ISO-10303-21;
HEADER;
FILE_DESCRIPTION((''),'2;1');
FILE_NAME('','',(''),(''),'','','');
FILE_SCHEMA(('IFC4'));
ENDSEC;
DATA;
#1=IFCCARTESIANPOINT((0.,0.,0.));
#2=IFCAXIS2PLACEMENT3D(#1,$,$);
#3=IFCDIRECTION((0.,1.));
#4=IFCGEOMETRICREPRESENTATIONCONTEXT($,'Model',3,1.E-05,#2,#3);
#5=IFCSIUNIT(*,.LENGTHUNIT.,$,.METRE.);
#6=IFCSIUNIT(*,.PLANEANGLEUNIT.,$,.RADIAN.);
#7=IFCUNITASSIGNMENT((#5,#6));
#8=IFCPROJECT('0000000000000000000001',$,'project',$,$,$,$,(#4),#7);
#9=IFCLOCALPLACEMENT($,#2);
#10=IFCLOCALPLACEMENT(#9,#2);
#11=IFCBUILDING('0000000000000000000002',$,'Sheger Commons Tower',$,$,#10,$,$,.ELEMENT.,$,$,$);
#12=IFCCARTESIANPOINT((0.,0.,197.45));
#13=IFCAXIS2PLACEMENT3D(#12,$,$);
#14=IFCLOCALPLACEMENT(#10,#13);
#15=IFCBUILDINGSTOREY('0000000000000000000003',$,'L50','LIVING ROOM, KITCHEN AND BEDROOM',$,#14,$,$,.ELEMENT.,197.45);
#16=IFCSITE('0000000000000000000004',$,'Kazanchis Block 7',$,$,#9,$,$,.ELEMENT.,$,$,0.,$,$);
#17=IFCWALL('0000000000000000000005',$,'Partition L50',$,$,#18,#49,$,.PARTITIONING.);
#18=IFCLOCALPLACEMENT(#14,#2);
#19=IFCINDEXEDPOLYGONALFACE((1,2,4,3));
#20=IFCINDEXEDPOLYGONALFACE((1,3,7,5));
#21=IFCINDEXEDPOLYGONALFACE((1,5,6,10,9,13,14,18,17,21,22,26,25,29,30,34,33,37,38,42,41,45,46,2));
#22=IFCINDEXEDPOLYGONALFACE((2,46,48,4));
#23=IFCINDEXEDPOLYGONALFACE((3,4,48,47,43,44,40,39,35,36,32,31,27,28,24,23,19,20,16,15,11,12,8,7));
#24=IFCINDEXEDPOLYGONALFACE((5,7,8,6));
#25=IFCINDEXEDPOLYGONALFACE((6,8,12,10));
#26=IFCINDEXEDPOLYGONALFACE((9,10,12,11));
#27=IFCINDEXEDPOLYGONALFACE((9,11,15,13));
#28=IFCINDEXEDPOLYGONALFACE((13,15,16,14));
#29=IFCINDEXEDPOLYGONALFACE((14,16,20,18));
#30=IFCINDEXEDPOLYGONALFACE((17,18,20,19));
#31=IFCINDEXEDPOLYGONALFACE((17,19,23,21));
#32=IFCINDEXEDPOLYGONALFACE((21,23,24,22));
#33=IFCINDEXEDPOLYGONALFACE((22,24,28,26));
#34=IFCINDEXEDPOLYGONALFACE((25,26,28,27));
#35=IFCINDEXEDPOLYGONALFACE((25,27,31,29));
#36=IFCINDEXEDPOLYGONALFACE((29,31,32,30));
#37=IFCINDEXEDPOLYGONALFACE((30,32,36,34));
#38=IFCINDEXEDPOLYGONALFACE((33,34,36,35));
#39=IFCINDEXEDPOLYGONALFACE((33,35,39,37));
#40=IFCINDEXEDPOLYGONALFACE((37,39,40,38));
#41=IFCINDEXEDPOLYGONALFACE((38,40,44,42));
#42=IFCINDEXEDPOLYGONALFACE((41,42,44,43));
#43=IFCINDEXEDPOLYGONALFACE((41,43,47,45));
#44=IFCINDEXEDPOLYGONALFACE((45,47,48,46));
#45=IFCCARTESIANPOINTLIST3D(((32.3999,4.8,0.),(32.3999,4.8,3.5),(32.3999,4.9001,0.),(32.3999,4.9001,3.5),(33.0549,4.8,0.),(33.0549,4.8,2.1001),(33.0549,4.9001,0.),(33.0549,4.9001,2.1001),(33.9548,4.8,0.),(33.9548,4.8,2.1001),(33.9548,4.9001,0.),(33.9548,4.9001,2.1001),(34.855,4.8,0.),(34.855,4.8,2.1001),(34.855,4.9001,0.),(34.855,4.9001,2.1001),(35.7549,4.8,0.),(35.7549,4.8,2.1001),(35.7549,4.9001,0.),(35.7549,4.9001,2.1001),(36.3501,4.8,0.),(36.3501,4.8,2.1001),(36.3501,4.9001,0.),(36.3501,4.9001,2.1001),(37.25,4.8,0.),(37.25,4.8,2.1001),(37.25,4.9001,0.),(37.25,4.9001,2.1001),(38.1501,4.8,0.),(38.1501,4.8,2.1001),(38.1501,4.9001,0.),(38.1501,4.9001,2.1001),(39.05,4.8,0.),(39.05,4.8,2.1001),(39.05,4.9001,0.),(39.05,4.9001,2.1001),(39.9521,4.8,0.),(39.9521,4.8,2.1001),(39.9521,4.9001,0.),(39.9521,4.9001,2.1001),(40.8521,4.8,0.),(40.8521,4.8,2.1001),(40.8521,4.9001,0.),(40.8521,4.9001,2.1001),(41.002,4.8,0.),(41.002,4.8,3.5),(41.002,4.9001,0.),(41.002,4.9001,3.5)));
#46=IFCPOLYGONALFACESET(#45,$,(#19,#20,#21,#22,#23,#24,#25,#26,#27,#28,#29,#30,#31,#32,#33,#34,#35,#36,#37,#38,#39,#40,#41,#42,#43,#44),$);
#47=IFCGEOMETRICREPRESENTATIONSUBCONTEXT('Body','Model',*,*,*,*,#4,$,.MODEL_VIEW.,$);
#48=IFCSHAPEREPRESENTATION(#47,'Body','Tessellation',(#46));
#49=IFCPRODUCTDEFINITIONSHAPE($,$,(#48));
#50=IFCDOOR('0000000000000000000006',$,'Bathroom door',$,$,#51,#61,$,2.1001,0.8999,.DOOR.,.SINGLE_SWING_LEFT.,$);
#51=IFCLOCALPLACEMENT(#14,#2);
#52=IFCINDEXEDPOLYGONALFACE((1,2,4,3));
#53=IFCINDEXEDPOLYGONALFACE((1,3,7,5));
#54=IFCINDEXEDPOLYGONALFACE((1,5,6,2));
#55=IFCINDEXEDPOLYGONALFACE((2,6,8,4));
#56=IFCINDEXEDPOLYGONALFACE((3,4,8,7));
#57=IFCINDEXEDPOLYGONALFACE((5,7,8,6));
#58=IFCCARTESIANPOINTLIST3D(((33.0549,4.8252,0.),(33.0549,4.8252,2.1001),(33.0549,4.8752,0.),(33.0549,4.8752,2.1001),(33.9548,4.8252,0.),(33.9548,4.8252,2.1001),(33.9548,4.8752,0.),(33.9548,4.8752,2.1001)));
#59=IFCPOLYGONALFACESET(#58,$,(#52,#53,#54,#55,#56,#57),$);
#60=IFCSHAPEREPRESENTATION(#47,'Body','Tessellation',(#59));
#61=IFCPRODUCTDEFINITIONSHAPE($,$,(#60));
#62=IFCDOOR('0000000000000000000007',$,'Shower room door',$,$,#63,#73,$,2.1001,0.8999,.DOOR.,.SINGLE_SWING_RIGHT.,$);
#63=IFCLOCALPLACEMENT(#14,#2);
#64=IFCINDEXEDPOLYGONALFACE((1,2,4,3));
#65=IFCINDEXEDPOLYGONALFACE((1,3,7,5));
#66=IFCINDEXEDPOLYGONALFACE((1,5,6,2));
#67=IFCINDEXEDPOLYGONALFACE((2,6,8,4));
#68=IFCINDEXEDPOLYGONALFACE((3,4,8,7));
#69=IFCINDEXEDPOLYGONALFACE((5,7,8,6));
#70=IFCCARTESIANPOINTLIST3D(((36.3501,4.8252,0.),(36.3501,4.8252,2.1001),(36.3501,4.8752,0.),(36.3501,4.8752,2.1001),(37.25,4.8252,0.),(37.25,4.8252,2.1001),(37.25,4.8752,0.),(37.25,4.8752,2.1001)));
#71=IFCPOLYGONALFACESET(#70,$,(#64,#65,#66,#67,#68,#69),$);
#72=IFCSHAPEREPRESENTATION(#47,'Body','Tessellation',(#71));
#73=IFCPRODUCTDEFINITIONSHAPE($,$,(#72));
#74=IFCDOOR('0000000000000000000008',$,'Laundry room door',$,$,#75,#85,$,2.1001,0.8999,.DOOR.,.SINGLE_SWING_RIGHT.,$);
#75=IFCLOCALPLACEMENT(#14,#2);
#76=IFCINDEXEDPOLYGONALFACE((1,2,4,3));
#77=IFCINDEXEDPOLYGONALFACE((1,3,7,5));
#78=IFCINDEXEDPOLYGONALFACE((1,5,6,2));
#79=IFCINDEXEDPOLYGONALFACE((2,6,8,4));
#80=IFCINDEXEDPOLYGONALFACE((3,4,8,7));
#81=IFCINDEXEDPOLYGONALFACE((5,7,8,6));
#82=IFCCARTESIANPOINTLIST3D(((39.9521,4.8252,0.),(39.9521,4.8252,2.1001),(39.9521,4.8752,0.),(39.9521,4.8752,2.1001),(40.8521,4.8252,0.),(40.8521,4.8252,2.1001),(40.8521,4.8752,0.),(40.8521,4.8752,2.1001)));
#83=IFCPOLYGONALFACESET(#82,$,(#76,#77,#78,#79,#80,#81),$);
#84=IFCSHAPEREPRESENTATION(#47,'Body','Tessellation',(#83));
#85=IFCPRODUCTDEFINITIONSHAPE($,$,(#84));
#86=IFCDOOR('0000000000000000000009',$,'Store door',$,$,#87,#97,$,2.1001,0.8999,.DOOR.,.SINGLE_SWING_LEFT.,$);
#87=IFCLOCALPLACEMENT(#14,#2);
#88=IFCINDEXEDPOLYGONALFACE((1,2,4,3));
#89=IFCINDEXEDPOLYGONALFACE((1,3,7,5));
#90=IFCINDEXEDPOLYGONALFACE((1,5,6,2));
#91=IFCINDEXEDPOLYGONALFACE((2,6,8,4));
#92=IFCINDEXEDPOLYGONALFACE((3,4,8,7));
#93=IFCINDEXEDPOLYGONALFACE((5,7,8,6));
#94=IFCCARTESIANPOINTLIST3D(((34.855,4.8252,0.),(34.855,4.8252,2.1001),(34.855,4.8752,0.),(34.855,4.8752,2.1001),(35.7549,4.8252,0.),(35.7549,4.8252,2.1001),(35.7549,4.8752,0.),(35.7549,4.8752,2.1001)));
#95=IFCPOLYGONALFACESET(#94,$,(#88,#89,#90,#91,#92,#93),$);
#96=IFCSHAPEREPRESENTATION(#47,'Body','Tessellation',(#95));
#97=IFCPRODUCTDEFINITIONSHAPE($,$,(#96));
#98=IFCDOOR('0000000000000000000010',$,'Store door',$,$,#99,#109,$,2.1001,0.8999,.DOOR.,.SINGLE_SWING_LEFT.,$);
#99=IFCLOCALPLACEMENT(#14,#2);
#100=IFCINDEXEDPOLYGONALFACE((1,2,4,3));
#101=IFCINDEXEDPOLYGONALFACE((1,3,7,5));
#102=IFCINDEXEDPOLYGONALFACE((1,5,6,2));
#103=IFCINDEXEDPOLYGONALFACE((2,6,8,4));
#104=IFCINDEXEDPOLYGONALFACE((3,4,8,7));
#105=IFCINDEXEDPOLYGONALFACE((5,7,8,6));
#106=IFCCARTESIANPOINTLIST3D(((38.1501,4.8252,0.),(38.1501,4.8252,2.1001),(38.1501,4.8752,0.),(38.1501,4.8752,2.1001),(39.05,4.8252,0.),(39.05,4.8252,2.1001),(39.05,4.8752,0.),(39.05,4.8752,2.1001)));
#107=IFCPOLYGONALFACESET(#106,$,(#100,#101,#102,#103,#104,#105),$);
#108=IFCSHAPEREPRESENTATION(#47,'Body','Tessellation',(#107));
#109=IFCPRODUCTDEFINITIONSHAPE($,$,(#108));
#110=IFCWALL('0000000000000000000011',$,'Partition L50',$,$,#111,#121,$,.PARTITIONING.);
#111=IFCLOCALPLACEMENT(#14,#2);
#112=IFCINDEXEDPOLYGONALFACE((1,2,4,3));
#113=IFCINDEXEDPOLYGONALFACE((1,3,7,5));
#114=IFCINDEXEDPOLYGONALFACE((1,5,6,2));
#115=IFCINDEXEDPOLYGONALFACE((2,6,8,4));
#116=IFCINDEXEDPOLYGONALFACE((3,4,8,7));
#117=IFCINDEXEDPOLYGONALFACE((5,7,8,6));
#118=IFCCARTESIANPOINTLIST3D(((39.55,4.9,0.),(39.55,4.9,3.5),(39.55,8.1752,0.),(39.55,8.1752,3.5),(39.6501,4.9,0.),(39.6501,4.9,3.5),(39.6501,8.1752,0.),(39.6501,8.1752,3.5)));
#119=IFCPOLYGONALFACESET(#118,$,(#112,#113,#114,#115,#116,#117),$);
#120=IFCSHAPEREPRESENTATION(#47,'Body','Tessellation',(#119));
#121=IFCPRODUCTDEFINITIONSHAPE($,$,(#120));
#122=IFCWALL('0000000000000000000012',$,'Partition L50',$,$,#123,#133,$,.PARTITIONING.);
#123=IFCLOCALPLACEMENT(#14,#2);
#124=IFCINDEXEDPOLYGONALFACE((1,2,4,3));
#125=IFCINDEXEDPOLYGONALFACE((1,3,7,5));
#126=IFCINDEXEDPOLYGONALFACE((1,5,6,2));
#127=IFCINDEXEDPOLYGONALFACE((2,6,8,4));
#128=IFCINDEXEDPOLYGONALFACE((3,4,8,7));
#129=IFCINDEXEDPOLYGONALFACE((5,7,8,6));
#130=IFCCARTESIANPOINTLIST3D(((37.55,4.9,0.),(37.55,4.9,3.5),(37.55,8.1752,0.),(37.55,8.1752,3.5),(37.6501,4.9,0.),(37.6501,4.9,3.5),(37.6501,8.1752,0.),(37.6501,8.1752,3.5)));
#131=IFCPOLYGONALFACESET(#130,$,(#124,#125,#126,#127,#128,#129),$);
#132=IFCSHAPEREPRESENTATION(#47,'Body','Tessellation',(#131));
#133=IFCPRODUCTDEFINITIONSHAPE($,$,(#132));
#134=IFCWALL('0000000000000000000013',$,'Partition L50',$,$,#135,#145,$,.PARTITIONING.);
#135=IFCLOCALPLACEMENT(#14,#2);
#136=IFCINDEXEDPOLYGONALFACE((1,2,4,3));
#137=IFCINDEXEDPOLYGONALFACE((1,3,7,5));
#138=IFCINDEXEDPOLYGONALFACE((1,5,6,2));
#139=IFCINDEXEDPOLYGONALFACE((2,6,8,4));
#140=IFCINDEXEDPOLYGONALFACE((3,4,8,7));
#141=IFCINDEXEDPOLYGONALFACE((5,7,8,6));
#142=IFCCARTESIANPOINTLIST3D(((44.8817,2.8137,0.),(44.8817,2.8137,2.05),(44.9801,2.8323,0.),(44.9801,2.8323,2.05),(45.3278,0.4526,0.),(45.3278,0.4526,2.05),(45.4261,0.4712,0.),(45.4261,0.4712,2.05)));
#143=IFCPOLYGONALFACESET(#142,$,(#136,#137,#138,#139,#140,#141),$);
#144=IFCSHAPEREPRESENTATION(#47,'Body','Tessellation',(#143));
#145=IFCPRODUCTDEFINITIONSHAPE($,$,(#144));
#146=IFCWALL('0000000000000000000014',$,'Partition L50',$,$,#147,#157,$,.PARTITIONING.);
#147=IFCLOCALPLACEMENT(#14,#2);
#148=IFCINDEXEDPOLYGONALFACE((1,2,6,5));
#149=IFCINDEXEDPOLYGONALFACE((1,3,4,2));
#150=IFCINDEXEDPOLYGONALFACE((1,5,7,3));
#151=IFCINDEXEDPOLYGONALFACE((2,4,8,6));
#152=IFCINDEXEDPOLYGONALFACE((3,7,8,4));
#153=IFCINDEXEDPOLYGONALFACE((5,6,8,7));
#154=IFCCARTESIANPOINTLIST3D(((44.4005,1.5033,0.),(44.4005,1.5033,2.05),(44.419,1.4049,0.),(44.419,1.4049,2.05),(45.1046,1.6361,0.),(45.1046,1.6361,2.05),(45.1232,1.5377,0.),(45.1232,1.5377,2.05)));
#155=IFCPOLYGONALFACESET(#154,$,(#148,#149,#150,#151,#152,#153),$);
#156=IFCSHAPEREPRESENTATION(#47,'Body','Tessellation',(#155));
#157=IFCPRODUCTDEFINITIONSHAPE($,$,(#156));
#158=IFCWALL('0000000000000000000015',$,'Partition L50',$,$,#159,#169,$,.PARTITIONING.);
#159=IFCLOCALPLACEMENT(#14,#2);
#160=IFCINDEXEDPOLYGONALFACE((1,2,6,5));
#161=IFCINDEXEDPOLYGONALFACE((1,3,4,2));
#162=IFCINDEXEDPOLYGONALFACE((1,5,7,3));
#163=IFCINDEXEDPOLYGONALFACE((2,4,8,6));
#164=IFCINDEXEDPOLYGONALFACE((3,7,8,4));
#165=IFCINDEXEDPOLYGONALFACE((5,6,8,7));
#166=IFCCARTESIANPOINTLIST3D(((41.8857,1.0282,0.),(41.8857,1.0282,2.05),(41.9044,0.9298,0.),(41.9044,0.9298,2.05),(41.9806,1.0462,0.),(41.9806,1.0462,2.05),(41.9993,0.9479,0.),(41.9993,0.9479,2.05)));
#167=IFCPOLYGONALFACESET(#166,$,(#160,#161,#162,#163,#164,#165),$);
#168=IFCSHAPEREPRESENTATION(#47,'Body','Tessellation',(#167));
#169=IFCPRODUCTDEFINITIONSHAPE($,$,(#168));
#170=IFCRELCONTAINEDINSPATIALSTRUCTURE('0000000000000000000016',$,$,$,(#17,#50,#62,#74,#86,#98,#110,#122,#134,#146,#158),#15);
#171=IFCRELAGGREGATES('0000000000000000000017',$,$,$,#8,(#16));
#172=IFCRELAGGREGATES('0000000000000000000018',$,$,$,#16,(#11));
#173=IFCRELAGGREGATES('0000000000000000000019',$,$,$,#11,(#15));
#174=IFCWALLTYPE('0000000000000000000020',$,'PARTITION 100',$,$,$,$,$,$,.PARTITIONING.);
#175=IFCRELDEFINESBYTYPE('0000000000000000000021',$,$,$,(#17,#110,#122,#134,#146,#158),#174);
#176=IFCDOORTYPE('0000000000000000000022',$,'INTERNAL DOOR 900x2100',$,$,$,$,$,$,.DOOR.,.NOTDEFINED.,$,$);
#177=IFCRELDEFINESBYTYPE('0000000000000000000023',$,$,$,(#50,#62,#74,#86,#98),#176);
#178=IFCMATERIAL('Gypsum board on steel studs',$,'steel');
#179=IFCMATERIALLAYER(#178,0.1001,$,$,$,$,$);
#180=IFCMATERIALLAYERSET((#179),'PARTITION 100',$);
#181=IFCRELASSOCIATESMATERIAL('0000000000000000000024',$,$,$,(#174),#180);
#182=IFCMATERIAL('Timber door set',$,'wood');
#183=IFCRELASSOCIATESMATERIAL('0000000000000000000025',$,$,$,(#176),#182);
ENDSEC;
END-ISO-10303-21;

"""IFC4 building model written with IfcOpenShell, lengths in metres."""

from ifc_helpers import new_model, si_unit, direction, frame, frame_2d, origin, place, context, subcontext, project, spatial, rectangle, extrude, material, layer, layer_set, type_object, element, fill, save


model = new_model("IFC4")

# Units and contexts
model_context = context("Model", 3, precision=1e-05, world=origin(), true_north=direction((0.0, 1.0)))
body_context = subcontext(model_context, "Body", "Model", "MODEL_VIEW")
ifc_project = project(units=[si_unit("LENGTHUNIT", "METRE"), si_unit("PLANEANGLEUNIT", "RADIAN")], contexts=[model_context])

# Site, building, storey
site_placement = place(None, origin())
site = spatial("IfcSite", under=ifc_project, at=site_placement, Name="Kazanchis Block 7", CompositionType="ELEMENT", RefElevation=0.0)
building_placement = place(site_placement, origin())
building = spatial("IfcBuilding", under=site, at=building_placement, Name="Sheger Commons Tower", CompositionType="ELEMENT")
storey_placement = place(building_placement, frame((0.0, 0.0, 197.45)))
storey = spatial("IfcBuildingStorey", under=building, at=storey_placement, Name="L50", Description="LIVING ROOM, KITCHEN AND BEDROOM", CompositionType="ELEMENT", Elevation=197.45)

# Wall, openings, doors
ifc_material_1 = material(Name="Gypsum board on steel studs", Category="steel")
ifc_layer_1 = layer(ifc_material_1, 0.1001)
ifc_layer_set_1 = layer_set([ifc_layer_1], Name="PARTITION 100")
wall_type_1 = type_object("IfcWallType", Name="PARTITION 100", PredefinedType="PARTITIONING", material=ifc_layer_set_1)
ifc_material_2 = material(Name="Timber door set", Category="wood")
door_type = type_object("IfcDoorType", Name="INTERNAL DOOR 900x2100", OperationType="NOTDEFINED", PredefinedType="DOOR", material=ifc_material_2)
wall_1_placement = place(storey_placement, frame((41.002, 4.8501, 0.0), z_axis=(0.0, 0.0, 1.0), x_axis=(-1.0, 0.0, 0.0)))
wall_1 = element("IfcWall", 1, at=wall_1_placement, inside=storey, type_object=wall_type_1, Name="Partition L50", PredefinedType="PARTITIONING", context=body_context, shape_type="SweptSolid", body=[
    extrude(rectangle(XDim=8.6021, YDim=0.1001, at=frame_2d((4.301, 0.0))), origin(), (0.0, 0.0, 1.0), 3.5),
])
opening_1_placement = place(wall_1_placement, frame((7.0471, 0.0, 0.0)))
opening_1 = element("IfcOpeningElement", 2, at=opening_1_placement, cuts=wall_1, PredefinedType="OPENING", context=body_context, shape_type="SweptSolid", body=[
    extrude(rectangle(XDim=0.8999, YDim=2.1001, at=frame_2d((0.45, 1.05))), frame((0.0, 0.0601, 0.0), z_axis=(0.0, -1.0, 0.0), x_axis=(1.0, 0.0, 0.0)), (0.0, 0.0, 1.0), 0.1201),
])
opening_2_placement = place(wall_1_placement, frame((3.752, 0.0, 0.0)))
opening_2 = element("IfcOpeningElement", 3, at=opening_2_placement, cuts=wall_1, PredefinedType="OPENING", context=body_context, shape_type="SweptSolid", body=[
    extrude(rectangle(XDim=0.8999, YDim=2.1001, at=frame_2d((0.45, 1.05))), frame((0.0, 0.0601, 0.0), z_axis=(0.0, -1.0, 0.0), x_axis=(1.0, 0.0, 0.0)), (0.0, 0.0, 1.0), 0.1201),
])
opening_3_placement = place(wall_1_placement, frame((0.1499, 0.0, 0.0)))
opening_3 = element("IfcOpeningElement", 4, at=opening_3_placement, cuts=wall_1, PredefinedType="OPENING", context=body_context, shape_type="SweptSolid", body=[
    extrude(rectangle(XDim=0.8999, YDim=2.1001, at=frame_2d((0.45, 1.05))), frame((0.0, 0.0601, 0.0), z_axis=(0.0, -1.0, 0.0), x_axis=(1.0, 0.0, 0.0)), (0.0, 0.0, 1.0), 0.1201),
])
opening_4_placement = place(wall_1_placement, frame((5.2471, 0.0, 0.0)))
opening_4 = element("IfcOpeningElement", 5, at=opening_4_placement, cuts=wall_1, PredefinedType="OPENING", context=body_context, shape_type="SweptSolid", body=[
    extrude(rectangle(XDim=0.8999, YDim=2.1001, at=frame_2d((0.45, 1.05))), frame((0.0, 0.0601, 0.0), z_axis=(0.0, -1.0, 0.0), x_axis=(1.0, 0.0, 0.0)), (0.0, 0.0, 1.0), 0.1201),
])
opening_5_placement = place(wall_1_placement, frame((1.9519, 0.0, 0.0)))
opening_5 = element("IfcOpeningElement", 6, at=opening_5_placement, cuts=wall_1, PredefinedType="OPENING", context=body_context, shape_type="SweptSolid", body=[
    extrude(rectangle(XDim=0.8999, YDim=2.1001, at=frame_2d((0.45, 1.05))), frame((0.0, 0.0601, 0.0), z_axis=(0.0, -1.0, 0.0), x_axis=(1.0, 0.0, 0.0)), (0.0, 0.0, 1.0), 0.1201),
])
door_1_placement = place(opening_1_placement, origin())
door_1 = element("IfcDoor", 7, at=door_1_placement, inside=storey, type_object=door_type, Name="Bathroom door", OperationType="SINGLE_SWING_LEFT", OverallHeight=2.1001, OverallWidth=0.8999, PredefinedType="DOOR", context=body_context, shape_type="SweptSolid", body=[
    extrude(rectangle(XDim=0.8999, YDim=2.1001, at=frame_2d((0.45, 1.05))), frame((0.0, 0.0249, 0.0), z_axis=(0.0, -1.0, 0.0), x_axis=(1.0, 0.0, 0.0)), (0.0, 0.0, 1.0), 0.05),
])
fill(opening_1, door_1)
door_2_placement = place(opening_2_placement, origin())
door_2 = element("IfcDoor", 8, at=door_2_placement, inside=storey, type_object=door_type, Name="Shower room door", OperationType="SINGLE_SWING_RIGHT", OverallHeight=2.1001, OverallWidth=0.8999, PredefinedType="DOOR", context=body_context, shape_type="SweptSolid", body=[
    extrude(rectangle(XDim=0.8999, YDim=2.1001, at=frame_2d((0.45, 1.05))), frame((0.0, 0.0249, 0.0), z_axis=(0.0, -1.0, 0.0), x_axis=(1.0, 0.0, 0.0)), (0.0, 0.0, 1.0), 0.05),
])
fill(opening_2, door_2)
door_3_placement = place(opening_3_placement, origin())
door_3 = element("IfcDoor", 9, at=door_3_placement, inside=storey, type_object=door_type, Name="Laundry room door", OperationType="SINGLE_SWING_RIGHT", OverallHeight=2.1001, OverallWidth=0.8999, PredefinedType="DOOR", context=body_context, shape_type="SweptSolid", body=[
    extrude(rectangle(XDim=0.8999, YDim=2.1001, at=frame_2d((0.45, 1.05))), frame((0.0, 0.0249, 0.0), z_axis=(0.0, -1.0, 0.0), x_axis=(1.0, 0.0, 0.0)), (0.0, 0.0, 1.0), 0.05),
])
fill(opening_3, door_3)
door_4_placement = place(opening_4_placement, origin())
door_4 = element("IfcDoor", 10, at=door_4_placement, inside=storey, type_object=door_type, Name="Store door", OperationType="SINGLE_SWING_LEFT", OverallHeight=2.1001, OverallWidth=0.8999, PredefinedType="DOOR", context=body_context, shape_type="SweptSolid", body=[
    extrude(rectangle(XDim=0.8999, YDim=2.1001, at=frame_2d((0.45, 1.05))), frame((0.0, 0.0249, 0.0), z_axis=(0.0, -1.0, 0.0), x_axis=(1.0, 0.0, 0.0)), (0.0, 0.0, 1.0), 0.05),
])
fill(opening_4, door_4)
door_5_placement = place(opening_5_placement, origin())
door_5 = element("IfcDoor", 11, at=door_5_placement, inside=storey, type_object=door_type, Name="Store door", OperationType="SINGLE_SWING_LEFT", OverallHeight=2.1001, OverallWidth=0.8999, PredefinedType="DOOR", context=body_context, shape_type="SweptSolid", body=[
    extrude(rectangle(XDim=0.8999, YDim=2.1001, at=frame_2d((0.45, 1.05))), frame((0.0, 0.0249, 0.0), z_axis=(0.0, -1.0, 0.0), x_axis=(1.0, 0.0, 0.0)), (0.0, 0.0, 1.0), 0.05),
])
fill(opening_5, door_5)

# Walls
for number, where, z_axis, x_axis, name in (
    (12, (39.6001, 4.8999, 0.0), (0.0, 0.0, 1.0), (0.0, 1.0, 0.0), "Partition L50"),
    (13, (37.6001, 4.8999, 0.0), (0.0, 0.0, 1.0), (0.0, 1.0, 0.0), "Partition L50"),
):
    element("IfcWall", number, at=place(storey_placement, frame(where, z_axis=z_axis, x_axis=x_axis)), inside=storey, type_object=wall_type_1, Name=name, PredefinedType="PARTITIONING", context=body_context, shape_type="SweptSolid", body=[
        extrude(rectangle(XDim=3.2751, YDim=0.1001, at=frame_2d((1.6377, 0.0))), origin(), (0.0, 0.0, 1.0), 3.5),
    ])
wall_2_placement = place(storey_placement, frame((44.9309, 2.823, 0.0), z_axis=(0.0, 0.0, 1.0), x_axis=(0.185632, -0.982619, 0.0)))
element("IfcWall", 14, at=wall_2_placement, inside=storey, type_object=wall_type_1, Name="Partition L50", PredefinedType="PARTITIONING", context=body_context, shape_type="SweptSolid", body=[
    extrude(rectangle(XDim=2.4028, YDim=0.1001, at=frame_2d((1.2014, 0.0))), origin(), (0.0, 0.0, 1.0), 2.05),
])
wall_3_placement = place(storey_placement, frame((45.114, 1.5869, 0.0), z_axis=(0.0, 0.0, 1.0), x_axis=(-0.982671, -0.185358, 0.0)))
element("IfcWall", 15, at=wall_3_placement, inside=storey, type_object=wall_type_1, Name="Partition L50", PredefinedType="PARTITIONING", context=body_context, shape_type="SweptSolid", body=[
    extrude(rectangle(XDim=0.7166, YDim=0.1001, at=frame_2d((0.3584, 0.0))), origin(), (0.0, 0.0, 1.0), 2.05),
])
wall_4_placement = place(storey_placement, frame((41.99, 0.9971, 0.0), z_axis=(0.0, 0.0, 1.0), x_axis=(-0.982383, -0.18688, 0.0)))
element("IfcWall", 16, at=wall_4_placement, inside=storey, type_object=wall_type_1, Name="Partition L50", PredefinedType="PARTITIONING", context=body_context, shape_type="SweptSolid", body=[
    extrude(rectangle(XDim=0.0967, YDim=0.1001, at=frame_2d((0.0483, 0.0))), origin(), (0.0, 0.0, 1.0), 2.05),
])

save(model, "model.ifc")
